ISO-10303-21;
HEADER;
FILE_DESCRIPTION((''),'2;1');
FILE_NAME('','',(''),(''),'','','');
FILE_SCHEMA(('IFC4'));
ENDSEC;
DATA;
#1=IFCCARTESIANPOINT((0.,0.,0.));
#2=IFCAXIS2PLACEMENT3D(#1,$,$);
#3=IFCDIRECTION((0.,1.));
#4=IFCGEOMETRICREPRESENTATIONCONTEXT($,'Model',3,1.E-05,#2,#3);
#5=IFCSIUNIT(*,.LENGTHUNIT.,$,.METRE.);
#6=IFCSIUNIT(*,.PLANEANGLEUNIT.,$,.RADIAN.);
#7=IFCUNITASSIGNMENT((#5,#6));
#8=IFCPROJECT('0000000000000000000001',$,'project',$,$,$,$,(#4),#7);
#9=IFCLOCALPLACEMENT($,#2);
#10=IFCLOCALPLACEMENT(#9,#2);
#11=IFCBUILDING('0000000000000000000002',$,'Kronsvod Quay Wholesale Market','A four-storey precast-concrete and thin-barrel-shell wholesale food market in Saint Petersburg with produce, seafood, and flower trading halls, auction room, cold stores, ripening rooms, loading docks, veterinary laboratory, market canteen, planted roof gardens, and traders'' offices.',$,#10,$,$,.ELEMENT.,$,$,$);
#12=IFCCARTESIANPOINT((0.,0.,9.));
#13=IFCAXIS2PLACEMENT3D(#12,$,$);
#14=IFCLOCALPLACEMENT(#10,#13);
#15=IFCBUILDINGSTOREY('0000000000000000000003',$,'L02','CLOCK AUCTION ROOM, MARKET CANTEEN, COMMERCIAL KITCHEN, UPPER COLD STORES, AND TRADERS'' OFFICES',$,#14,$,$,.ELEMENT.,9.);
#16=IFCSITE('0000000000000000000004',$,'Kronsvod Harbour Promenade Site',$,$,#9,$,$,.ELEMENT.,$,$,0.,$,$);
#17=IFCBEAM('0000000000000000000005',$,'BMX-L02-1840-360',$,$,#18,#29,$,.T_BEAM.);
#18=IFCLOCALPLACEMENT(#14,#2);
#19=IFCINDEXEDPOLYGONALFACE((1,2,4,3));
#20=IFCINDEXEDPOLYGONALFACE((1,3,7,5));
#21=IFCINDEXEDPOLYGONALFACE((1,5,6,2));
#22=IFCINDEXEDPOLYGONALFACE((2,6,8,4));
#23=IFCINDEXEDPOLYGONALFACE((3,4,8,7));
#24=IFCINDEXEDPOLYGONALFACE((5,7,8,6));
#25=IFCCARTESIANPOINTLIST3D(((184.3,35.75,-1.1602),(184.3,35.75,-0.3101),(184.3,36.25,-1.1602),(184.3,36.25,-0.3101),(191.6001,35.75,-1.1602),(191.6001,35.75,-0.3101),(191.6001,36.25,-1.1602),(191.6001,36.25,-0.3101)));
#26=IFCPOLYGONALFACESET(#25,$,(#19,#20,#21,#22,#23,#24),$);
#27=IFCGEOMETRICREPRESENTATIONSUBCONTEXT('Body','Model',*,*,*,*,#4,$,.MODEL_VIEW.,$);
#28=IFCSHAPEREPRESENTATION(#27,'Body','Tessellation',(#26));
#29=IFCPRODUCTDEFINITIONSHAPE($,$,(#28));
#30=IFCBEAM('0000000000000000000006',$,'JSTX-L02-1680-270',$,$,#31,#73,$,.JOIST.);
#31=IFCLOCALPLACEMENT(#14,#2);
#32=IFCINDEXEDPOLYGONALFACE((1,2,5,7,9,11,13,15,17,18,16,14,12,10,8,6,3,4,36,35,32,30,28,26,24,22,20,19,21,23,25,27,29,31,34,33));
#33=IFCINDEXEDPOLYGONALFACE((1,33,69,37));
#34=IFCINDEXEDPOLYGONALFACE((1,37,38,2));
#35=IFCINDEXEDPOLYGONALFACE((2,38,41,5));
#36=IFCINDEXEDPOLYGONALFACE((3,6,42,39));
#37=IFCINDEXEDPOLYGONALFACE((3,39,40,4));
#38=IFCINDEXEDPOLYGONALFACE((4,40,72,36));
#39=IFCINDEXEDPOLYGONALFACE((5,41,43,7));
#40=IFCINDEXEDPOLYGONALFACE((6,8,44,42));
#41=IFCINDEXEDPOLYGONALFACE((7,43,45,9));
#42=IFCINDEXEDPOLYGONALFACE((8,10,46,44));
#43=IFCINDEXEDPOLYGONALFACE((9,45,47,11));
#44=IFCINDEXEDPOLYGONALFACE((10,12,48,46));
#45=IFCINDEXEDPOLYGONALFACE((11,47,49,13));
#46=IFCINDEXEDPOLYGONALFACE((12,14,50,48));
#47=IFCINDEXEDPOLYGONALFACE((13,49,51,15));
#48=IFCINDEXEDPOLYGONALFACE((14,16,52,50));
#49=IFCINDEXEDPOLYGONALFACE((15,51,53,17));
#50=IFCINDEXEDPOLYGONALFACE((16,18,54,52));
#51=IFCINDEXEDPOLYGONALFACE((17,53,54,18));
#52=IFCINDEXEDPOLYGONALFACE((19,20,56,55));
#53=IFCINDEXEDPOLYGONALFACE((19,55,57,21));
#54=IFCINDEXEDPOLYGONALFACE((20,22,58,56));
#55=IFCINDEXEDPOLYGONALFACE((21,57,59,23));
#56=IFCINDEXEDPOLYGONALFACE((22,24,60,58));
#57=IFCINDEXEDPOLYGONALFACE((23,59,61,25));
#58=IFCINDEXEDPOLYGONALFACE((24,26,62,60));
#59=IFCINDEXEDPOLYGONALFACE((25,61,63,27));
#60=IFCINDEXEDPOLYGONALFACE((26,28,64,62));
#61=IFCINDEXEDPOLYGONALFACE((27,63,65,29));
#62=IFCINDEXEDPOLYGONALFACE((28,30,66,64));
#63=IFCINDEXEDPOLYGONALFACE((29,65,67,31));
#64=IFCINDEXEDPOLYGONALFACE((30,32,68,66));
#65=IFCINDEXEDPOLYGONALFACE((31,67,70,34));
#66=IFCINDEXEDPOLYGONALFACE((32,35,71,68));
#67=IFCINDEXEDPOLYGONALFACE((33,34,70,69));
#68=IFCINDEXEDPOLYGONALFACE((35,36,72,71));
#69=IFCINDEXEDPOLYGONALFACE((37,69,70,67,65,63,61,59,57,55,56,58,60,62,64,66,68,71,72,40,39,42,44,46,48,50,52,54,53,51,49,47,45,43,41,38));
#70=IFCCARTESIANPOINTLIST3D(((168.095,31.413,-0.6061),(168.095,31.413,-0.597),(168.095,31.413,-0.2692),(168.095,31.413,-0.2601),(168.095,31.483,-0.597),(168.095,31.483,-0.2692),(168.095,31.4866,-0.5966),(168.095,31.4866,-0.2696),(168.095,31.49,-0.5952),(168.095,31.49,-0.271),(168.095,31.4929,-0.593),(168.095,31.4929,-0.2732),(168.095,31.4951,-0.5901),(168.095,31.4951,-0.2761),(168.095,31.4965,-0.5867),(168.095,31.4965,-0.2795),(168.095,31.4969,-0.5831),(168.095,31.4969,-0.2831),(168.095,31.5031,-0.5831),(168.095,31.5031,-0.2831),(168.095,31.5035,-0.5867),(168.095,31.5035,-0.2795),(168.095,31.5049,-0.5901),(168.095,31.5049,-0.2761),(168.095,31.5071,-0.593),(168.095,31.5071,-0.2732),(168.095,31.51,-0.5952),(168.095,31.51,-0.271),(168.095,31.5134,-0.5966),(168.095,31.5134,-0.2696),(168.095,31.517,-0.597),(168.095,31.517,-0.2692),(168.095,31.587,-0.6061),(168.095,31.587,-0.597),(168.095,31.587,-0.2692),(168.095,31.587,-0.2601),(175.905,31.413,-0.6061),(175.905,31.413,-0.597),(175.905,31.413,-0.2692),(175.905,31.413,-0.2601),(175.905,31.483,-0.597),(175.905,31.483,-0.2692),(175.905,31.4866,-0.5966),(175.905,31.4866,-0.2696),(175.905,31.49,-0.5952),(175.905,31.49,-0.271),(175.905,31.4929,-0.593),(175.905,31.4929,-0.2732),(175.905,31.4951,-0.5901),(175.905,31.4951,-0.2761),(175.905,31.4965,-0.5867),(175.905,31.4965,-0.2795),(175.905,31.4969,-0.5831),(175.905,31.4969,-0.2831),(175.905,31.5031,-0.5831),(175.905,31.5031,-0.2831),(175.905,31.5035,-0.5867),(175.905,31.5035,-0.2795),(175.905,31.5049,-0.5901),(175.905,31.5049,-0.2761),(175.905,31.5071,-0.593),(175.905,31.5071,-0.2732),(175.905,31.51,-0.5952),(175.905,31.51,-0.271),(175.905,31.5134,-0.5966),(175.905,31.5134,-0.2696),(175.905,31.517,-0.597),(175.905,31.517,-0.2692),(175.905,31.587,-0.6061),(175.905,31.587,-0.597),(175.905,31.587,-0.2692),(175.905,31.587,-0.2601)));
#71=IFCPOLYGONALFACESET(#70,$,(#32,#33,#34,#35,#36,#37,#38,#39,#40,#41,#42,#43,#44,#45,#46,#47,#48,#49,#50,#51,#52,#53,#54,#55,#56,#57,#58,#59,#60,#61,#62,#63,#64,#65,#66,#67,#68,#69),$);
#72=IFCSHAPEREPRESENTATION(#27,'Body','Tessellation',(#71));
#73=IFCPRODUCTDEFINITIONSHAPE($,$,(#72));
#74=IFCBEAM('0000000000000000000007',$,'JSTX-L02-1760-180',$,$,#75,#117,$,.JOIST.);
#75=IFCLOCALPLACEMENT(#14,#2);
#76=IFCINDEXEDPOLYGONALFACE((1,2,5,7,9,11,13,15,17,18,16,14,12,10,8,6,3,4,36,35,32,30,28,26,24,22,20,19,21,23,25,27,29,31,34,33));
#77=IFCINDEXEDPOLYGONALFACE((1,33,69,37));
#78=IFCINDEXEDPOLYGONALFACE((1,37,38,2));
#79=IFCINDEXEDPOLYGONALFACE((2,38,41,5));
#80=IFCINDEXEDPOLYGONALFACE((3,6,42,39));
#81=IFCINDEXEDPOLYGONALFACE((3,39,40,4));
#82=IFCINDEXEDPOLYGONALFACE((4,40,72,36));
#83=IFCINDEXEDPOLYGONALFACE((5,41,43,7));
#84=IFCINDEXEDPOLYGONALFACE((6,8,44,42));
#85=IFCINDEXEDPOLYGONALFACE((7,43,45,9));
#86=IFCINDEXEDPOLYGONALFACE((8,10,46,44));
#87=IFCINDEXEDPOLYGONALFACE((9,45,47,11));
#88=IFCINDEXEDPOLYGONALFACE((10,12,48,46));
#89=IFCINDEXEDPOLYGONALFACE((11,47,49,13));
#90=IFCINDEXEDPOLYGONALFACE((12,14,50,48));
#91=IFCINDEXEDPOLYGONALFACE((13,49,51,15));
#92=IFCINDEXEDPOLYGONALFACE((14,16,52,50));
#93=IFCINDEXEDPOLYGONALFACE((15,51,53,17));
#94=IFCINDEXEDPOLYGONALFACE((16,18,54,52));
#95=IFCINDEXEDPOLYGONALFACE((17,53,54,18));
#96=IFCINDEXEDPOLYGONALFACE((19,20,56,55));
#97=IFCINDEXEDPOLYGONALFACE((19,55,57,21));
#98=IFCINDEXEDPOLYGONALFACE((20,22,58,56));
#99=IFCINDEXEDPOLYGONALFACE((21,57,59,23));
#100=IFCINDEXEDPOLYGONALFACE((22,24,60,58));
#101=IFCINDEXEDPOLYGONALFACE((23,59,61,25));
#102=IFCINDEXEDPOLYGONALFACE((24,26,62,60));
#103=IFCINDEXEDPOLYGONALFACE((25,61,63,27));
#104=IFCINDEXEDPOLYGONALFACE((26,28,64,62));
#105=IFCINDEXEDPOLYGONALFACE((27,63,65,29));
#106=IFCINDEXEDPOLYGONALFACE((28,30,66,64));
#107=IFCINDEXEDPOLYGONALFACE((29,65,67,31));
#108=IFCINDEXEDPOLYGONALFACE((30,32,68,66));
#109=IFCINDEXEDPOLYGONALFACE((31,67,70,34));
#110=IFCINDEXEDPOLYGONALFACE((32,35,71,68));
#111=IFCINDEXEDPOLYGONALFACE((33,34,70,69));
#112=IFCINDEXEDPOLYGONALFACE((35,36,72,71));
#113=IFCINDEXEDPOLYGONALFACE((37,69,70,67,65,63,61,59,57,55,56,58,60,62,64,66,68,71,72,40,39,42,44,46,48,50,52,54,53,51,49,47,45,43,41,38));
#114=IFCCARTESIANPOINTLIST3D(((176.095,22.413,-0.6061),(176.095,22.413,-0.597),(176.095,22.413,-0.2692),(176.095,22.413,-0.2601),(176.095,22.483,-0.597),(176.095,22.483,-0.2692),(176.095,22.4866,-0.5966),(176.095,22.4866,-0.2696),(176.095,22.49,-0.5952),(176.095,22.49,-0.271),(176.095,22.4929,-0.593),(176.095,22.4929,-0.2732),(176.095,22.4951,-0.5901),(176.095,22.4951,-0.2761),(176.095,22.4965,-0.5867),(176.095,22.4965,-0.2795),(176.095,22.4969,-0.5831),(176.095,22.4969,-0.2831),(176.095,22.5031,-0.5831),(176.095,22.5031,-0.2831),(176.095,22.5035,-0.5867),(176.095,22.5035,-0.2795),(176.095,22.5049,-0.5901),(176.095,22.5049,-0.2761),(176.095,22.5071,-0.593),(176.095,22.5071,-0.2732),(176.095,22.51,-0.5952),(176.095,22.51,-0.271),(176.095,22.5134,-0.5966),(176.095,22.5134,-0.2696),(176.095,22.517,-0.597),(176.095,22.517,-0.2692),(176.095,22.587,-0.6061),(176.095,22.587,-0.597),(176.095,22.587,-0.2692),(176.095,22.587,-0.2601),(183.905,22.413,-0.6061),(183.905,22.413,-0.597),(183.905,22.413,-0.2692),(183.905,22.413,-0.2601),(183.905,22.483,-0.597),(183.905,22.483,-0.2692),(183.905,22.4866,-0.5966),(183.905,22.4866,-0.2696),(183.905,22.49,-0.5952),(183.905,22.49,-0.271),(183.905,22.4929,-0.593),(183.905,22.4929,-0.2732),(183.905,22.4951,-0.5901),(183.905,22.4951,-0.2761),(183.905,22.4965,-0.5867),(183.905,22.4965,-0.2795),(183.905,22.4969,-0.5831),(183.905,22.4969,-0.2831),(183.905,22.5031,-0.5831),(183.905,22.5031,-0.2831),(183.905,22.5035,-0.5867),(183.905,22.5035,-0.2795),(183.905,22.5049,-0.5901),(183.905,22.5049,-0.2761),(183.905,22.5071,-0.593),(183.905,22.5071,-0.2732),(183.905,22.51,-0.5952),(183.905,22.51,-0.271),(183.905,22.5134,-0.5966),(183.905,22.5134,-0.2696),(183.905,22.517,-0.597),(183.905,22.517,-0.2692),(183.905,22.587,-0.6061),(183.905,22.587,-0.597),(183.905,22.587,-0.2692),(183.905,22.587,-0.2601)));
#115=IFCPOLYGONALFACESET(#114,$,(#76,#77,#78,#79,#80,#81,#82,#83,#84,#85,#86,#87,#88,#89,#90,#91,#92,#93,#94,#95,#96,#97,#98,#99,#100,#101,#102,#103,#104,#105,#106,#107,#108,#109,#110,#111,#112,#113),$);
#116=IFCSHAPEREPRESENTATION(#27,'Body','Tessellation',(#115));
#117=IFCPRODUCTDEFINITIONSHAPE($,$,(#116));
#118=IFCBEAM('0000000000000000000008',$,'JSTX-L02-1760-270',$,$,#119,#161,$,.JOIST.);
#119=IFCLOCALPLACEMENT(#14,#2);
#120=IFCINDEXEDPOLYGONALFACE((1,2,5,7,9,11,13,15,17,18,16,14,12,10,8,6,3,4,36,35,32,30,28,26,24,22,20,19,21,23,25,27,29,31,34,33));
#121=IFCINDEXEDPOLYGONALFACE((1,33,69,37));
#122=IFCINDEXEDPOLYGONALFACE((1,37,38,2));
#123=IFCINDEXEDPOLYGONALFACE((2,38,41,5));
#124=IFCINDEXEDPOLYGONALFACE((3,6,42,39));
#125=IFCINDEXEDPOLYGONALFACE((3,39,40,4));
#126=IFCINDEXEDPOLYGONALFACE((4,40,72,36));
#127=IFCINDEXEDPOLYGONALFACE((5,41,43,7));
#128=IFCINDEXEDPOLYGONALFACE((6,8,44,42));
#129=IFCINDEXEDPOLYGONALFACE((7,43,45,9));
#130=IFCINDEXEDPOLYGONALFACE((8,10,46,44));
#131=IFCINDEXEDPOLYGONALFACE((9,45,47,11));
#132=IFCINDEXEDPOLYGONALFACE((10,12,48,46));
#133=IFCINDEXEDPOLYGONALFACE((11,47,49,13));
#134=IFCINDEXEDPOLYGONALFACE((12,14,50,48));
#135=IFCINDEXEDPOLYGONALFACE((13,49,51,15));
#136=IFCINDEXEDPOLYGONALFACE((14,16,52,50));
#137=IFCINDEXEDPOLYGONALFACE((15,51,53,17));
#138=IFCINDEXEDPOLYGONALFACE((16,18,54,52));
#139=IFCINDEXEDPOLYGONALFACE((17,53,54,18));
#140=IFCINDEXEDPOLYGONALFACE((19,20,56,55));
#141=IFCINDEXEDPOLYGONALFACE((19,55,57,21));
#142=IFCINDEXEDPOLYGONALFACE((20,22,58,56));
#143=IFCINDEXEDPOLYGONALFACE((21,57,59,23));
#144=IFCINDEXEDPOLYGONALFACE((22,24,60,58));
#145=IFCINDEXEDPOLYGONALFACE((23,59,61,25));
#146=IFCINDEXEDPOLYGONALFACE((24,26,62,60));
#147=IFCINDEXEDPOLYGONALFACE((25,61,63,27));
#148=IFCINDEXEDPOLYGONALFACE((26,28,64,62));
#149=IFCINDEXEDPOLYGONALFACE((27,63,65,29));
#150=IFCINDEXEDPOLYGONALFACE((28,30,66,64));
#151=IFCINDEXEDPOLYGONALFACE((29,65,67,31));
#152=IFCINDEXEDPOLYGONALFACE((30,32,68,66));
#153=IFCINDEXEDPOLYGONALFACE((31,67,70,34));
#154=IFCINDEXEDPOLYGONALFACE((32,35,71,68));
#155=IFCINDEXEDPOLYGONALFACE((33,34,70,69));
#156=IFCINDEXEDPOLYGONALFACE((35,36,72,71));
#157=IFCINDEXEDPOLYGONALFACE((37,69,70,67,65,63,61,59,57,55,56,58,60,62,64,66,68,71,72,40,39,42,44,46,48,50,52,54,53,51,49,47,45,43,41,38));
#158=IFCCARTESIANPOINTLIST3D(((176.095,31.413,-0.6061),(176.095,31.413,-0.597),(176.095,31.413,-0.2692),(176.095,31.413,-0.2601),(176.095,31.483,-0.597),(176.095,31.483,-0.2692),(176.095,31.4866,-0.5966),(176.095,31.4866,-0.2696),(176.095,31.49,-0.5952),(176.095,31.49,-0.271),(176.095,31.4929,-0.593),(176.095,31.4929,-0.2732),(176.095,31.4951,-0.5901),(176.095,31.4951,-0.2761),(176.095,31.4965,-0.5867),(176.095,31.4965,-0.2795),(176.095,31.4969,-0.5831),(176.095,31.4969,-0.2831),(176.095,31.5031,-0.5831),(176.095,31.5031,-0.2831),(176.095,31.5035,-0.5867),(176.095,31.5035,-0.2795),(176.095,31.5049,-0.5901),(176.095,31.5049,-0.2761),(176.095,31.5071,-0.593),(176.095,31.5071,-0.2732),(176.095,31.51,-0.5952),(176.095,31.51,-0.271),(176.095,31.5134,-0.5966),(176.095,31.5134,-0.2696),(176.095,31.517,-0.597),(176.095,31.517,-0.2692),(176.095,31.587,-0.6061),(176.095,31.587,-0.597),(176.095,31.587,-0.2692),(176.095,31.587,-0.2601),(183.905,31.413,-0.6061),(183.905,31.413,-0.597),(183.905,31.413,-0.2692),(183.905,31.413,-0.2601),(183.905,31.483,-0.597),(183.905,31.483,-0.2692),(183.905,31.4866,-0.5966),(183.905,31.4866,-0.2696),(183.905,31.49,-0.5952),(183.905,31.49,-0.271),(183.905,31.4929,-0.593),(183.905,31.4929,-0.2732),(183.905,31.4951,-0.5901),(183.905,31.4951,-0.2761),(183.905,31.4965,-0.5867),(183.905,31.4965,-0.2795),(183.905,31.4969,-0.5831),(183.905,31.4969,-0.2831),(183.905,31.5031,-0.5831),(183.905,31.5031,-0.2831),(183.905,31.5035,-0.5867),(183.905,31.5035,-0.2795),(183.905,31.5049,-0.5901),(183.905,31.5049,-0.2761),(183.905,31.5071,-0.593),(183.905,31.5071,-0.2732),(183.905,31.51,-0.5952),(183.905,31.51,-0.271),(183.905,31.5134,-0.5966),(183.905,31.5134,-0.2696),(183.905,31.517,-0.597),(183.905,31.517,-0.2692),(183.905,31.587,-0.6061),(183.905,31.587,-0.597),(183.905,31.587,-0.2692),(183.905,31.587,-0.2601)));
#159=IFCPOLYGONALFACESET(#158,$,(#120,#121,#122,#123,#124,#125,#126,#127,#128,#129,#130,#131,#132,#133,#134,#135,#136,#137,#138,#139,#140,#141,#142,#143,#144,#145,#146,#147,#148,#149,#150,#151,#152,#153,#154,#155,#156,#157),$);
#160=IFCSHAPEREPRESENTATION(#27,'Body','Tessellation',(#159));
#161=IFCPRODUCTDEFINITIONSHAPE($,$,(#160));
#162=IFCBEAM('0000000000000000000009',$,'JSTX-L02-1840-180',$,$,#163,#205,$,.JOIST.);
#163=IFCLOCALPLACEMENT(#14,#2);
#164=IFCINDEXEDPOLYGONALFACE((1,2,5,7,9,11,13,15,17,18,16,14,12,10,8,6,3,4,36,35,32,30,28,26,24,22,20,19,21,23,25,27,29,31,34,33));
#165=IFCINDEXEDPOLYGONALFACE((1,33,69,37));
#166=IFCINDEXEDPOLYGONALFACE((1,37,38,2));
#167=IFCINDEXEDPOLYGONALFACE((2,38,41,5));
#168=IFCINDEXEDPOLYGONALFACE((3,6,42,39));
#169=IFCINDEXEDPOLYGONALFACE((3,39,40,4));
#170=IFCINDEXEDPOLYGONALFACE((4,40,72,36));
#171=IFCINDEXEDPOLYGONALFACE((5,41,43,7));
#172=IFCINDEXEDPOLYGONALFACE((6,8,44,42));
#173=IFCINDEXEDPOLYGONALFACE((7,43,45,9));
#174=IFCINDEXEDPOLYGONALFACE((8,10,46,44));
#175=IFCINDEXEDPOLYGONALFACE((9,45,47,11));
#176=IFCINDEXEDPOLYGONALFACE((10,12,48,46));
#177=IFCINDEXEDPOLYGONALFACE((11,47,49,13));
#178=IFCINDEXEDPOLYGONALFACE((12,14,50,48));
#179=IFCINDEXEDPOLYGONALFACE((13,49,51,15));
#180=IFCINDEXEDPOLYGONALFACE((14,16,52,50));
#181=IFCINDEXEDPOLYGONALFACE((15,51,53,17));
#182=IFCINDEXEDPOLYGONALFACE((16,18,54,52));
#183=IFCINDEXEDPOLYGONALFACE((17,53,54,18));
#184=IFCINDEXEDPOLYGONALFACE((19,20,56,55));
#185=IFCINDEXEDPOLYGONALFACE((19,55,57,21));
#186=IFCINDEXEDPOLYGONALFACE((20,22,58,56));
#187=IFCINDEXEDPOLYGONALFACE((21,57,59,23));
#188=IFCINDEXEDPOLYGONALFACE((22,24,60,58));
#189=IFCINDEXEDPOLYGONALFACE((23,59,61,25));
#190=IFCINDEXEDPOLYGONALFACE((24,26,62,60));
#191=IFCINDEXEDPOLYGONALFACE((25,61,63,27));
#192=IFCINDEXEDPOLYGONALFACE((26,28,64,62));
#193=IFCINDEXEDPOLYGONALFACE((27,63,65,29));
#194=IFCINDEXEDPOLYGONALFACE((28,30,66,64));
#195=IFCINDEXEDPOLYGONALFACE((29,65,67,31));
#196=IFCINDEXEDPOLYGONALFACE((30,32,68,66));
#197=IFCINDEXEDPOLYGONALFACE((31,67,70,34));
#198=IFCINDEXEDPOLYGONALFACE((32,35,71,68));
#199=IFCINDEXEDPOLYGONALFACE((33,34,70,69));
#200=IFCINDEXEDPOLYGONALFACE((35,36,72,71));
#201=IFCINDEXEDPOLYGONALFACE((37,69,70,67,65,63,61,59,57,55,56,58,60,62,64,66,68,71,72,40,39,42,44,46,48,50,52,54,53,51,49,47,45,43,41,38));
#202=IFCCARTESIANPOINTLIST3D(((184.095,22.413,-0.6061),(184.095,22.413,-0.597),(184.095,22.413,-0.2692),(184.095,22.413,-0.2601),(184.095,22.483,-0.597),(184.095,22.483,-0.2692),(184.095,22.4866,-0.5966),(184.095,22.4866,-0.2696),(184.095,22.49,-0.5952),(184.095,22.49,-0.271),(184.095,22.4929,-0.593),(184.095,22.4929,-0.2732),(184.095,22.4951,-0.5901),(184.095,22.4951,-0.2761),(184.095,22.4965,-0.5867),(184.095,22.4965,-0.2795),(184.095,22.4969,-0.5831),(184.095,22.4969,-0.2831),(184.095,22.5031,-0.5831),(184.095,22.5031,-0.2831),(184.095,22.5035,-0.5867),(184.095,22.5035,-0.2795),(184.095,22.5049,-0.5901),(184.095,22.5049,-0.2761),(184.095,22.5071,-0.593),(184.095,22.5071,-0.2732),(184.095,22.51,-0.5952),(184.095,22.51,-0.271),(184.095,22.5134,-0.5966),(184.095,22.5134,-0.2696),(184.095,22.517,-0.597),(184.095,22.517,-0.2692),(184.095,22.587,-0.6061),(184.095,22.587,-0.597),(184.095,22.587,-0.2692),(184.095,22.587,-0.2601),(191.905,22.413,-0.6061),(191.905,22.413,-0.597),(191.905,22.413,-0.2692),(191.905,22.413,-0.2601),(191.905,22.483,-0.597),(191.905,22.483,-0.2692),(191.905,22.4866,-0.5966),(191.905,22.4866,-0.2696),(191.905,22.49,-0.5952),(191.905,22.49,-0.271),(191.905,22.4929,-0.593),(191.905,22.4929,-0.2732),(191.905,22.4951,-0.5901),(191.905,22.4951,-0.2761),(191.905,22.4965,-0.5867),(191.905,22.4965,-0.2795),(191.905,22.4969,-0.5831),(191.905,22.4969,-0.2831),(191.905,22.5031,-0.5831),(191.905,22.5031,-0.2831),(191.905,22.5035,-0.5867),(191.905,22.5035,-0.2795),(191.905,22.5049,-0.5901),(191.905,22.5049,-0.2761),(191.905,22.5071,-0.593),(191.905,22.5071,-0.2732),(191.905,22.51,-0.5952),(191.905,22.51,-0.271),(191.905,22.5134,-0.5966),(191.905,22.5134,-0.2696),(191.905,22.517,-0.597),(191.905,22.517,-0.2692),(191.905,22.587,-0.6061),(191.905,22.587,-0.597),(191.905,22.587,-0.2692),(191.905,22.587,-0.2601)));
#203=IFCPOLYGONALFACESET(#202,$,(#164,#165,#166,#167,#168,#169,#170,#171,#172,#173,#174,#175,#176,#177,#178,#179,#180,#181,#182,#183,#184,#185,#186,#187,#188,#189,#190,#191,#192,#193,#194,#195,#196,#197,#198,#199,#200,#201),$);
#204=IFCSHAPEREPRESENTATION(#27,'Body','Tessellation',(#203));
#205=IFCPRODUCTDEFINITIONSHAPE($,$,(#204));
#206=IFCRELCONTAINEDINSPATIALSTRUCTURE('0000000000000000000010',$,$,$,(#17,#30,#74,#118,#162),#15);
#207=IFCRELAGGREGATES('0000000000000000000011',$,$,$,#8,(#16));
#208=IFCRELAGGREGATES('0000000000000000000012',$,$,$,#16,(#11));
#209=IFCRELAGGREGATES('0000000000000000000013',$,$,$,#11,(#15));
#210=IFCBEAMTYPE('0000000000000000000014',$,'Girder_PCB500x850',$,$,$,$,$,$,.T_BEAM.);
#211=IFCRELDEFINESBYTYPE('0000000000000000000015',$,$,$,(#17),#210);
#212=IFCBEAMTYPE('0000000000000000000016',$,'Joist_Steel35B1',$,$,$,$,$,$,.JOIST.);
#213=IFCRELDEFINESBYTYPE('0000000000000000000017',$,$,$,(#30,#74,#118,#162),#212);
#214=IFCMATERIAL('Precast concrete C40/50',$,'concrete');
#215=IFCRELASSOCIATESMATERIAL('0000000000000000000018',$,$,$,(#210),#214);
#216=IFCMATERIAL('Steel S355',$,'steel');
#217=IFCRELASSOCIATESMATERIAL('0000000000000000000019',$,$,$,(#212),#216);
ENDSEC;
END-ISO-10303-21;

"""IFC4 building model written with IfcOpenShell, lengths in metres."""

from ifc_helpers import new_model, si_unit, direction, frame, origin, origin_2d, place, context, subcontext, project, spatial, rectangle, i_section, extrude, material, material_profile, profile_set, type_object, element, save


model = new_model("IFC4")

# Units and contexts
model_context = context("Model", 3, precision=1e-05, world=origin(), true_north=direction((0.0, 1.0)))
body_context = subcontext(model_context, "Body", "Model", "MODEL_VIEW")
ifc_project = project(units=[si_unit("LENGTHUNIT", "METRE"), si_unit("PLANEANGLEUNIT", "RADIAN")], contexts=[model_context])

# Site, building, storey
site_placement = place(None, origin())
site = spatial("IfcSite", under=ifc_project, at=site_placement, Name="Kronsvod Harbour Promenade Site", CompositionType="ELEMENT", RefElevation=0.0)
building_placement = place(site_placement, origin())
building = spatial("IfcBuilding", under=site, at=building_placement, Name="Kronsvod Quay Wholesale Market", Description="A four-storey precast-concrete and thin-barrel-shell wholesale food market in Saint Petersburg with produce, seafood, and flower trading halls, auction room, cold stores, ripening rooms, loading docks, veterinary laboratory, market canteen, planted roof gardens, and traders' offices.", CompositionType="ELEMENT")
storey_placement = place(building_placement, frame((0.0, 0.0, 9.0)))
storey = spatial("IfcBuildingStorey", under=building, at=storey_placement, Name="L02", Description="CLOCK AUCTION ROOM, MARKET CANTEEN, COMMERCIAL KITCHEN, UPPER COLD STORES, AND TRADERS' OFFICES", CompositionType="ELEMENT", Elevation=9.0)

# Beams
ifc_material_1 = material(Name="Precast concrete C40/50", Category="concrete")
ifc_material_profile_1 = material_profile(ifc_material_1, rectangle(XDim=0.5, YDim=0.8501, at=origin_2d()), Name="PCB500x850")
ifc_profile_set_1 = profile_set([ifc_material_profile_1], Name="Precast concrete C40/50")
beam_type_1 = type_object("IfcBeamType", Name="Girder_PCB500x850", PredefinedType="T_BEAM", material=ifc_profile_set_1)
beam_1_placement = place(storey_placement, frame((184.3, 36.0, -0.7351), z_axis=(1.0, 0.0, 0.0), x_axis=(0.0, 1.0, 0.0)))
element("IfcBeam", 1, at=beam_1_placement, inside=storey, type_object=beam_type_1, Name="BMX-L02-1840-360", PredefinedType="T_BEAM", context=body_context, shape_type="SweptSolid", body=[
    extrude(rectangle(XDim=0.5, YDim=0.8501, at=origin_2d()), origin(), (0.0, 0.0, 1.0), 7.3),
])
ifc_material_2 = material(Name="Steel S355", Category="steel")
ifc_material_profile_2 = material_profile(ifc_material_2, i_section(OverallWidth=0.1741, OverallDepth=0.3459, WebThickness=0.0061, FlangeThickness=0.009, FilletRadius=0.0139, at=origin_2d()), Name="35B1")
ifc_profile_set_2 = profile_set([ifc_material_profile_2], Name="Steel S355")
beam_type_2 = type_object("IfcBeamType", Name="Joist_Steel35B1", PredefinedType="JOIST", material=ifc_profile_set_2)
for number, where, z_axis, x_axis, name in (
    (2, (168.095, 31.5, -0.4331), (1.0, 0.0, 0.0), (0.0, 1.0, 0.0), "JSTX-L02-1680-270"),
    (3, (176.095, 22.5, -0.4331), (1.0, 0.0, 0.0), (0.0, 1.0, 0.0), "JSTX-L02-1760-180"),
    (4, (176.095, 31.5, -0.4331), (1.0, 0.0, 0.0), (0.0, 1.0, 0.0), "JSTX-L02-1760-270"),
    (5, (184.095, 22.5, -0.4331), (1.0, 0.0, 0.0), (0.0, 1.0, 0.0), "JSTX-L02-1840-180"),
):
    element("IfcBeam", number, at=place(storey_placement, frame(where, z_axis=z_axis, x_axis=x_axis)), inside=storey, type_object=beam_type_2, Name=name, PredefinedType="JOIST", context=body_context, shape_type="SweptSolid", body=[
        extrude(i_section(OverallWidth=0.1741, OverallDepth=0.3459, WebThickness=0.0061, FlangeThickness=0.009, FilletRadius=0.0139, at=origin_2d()), origin(), (0.0, 0.0, 1.0), 7.8101),
    ])

save(model, "model.ifc")
